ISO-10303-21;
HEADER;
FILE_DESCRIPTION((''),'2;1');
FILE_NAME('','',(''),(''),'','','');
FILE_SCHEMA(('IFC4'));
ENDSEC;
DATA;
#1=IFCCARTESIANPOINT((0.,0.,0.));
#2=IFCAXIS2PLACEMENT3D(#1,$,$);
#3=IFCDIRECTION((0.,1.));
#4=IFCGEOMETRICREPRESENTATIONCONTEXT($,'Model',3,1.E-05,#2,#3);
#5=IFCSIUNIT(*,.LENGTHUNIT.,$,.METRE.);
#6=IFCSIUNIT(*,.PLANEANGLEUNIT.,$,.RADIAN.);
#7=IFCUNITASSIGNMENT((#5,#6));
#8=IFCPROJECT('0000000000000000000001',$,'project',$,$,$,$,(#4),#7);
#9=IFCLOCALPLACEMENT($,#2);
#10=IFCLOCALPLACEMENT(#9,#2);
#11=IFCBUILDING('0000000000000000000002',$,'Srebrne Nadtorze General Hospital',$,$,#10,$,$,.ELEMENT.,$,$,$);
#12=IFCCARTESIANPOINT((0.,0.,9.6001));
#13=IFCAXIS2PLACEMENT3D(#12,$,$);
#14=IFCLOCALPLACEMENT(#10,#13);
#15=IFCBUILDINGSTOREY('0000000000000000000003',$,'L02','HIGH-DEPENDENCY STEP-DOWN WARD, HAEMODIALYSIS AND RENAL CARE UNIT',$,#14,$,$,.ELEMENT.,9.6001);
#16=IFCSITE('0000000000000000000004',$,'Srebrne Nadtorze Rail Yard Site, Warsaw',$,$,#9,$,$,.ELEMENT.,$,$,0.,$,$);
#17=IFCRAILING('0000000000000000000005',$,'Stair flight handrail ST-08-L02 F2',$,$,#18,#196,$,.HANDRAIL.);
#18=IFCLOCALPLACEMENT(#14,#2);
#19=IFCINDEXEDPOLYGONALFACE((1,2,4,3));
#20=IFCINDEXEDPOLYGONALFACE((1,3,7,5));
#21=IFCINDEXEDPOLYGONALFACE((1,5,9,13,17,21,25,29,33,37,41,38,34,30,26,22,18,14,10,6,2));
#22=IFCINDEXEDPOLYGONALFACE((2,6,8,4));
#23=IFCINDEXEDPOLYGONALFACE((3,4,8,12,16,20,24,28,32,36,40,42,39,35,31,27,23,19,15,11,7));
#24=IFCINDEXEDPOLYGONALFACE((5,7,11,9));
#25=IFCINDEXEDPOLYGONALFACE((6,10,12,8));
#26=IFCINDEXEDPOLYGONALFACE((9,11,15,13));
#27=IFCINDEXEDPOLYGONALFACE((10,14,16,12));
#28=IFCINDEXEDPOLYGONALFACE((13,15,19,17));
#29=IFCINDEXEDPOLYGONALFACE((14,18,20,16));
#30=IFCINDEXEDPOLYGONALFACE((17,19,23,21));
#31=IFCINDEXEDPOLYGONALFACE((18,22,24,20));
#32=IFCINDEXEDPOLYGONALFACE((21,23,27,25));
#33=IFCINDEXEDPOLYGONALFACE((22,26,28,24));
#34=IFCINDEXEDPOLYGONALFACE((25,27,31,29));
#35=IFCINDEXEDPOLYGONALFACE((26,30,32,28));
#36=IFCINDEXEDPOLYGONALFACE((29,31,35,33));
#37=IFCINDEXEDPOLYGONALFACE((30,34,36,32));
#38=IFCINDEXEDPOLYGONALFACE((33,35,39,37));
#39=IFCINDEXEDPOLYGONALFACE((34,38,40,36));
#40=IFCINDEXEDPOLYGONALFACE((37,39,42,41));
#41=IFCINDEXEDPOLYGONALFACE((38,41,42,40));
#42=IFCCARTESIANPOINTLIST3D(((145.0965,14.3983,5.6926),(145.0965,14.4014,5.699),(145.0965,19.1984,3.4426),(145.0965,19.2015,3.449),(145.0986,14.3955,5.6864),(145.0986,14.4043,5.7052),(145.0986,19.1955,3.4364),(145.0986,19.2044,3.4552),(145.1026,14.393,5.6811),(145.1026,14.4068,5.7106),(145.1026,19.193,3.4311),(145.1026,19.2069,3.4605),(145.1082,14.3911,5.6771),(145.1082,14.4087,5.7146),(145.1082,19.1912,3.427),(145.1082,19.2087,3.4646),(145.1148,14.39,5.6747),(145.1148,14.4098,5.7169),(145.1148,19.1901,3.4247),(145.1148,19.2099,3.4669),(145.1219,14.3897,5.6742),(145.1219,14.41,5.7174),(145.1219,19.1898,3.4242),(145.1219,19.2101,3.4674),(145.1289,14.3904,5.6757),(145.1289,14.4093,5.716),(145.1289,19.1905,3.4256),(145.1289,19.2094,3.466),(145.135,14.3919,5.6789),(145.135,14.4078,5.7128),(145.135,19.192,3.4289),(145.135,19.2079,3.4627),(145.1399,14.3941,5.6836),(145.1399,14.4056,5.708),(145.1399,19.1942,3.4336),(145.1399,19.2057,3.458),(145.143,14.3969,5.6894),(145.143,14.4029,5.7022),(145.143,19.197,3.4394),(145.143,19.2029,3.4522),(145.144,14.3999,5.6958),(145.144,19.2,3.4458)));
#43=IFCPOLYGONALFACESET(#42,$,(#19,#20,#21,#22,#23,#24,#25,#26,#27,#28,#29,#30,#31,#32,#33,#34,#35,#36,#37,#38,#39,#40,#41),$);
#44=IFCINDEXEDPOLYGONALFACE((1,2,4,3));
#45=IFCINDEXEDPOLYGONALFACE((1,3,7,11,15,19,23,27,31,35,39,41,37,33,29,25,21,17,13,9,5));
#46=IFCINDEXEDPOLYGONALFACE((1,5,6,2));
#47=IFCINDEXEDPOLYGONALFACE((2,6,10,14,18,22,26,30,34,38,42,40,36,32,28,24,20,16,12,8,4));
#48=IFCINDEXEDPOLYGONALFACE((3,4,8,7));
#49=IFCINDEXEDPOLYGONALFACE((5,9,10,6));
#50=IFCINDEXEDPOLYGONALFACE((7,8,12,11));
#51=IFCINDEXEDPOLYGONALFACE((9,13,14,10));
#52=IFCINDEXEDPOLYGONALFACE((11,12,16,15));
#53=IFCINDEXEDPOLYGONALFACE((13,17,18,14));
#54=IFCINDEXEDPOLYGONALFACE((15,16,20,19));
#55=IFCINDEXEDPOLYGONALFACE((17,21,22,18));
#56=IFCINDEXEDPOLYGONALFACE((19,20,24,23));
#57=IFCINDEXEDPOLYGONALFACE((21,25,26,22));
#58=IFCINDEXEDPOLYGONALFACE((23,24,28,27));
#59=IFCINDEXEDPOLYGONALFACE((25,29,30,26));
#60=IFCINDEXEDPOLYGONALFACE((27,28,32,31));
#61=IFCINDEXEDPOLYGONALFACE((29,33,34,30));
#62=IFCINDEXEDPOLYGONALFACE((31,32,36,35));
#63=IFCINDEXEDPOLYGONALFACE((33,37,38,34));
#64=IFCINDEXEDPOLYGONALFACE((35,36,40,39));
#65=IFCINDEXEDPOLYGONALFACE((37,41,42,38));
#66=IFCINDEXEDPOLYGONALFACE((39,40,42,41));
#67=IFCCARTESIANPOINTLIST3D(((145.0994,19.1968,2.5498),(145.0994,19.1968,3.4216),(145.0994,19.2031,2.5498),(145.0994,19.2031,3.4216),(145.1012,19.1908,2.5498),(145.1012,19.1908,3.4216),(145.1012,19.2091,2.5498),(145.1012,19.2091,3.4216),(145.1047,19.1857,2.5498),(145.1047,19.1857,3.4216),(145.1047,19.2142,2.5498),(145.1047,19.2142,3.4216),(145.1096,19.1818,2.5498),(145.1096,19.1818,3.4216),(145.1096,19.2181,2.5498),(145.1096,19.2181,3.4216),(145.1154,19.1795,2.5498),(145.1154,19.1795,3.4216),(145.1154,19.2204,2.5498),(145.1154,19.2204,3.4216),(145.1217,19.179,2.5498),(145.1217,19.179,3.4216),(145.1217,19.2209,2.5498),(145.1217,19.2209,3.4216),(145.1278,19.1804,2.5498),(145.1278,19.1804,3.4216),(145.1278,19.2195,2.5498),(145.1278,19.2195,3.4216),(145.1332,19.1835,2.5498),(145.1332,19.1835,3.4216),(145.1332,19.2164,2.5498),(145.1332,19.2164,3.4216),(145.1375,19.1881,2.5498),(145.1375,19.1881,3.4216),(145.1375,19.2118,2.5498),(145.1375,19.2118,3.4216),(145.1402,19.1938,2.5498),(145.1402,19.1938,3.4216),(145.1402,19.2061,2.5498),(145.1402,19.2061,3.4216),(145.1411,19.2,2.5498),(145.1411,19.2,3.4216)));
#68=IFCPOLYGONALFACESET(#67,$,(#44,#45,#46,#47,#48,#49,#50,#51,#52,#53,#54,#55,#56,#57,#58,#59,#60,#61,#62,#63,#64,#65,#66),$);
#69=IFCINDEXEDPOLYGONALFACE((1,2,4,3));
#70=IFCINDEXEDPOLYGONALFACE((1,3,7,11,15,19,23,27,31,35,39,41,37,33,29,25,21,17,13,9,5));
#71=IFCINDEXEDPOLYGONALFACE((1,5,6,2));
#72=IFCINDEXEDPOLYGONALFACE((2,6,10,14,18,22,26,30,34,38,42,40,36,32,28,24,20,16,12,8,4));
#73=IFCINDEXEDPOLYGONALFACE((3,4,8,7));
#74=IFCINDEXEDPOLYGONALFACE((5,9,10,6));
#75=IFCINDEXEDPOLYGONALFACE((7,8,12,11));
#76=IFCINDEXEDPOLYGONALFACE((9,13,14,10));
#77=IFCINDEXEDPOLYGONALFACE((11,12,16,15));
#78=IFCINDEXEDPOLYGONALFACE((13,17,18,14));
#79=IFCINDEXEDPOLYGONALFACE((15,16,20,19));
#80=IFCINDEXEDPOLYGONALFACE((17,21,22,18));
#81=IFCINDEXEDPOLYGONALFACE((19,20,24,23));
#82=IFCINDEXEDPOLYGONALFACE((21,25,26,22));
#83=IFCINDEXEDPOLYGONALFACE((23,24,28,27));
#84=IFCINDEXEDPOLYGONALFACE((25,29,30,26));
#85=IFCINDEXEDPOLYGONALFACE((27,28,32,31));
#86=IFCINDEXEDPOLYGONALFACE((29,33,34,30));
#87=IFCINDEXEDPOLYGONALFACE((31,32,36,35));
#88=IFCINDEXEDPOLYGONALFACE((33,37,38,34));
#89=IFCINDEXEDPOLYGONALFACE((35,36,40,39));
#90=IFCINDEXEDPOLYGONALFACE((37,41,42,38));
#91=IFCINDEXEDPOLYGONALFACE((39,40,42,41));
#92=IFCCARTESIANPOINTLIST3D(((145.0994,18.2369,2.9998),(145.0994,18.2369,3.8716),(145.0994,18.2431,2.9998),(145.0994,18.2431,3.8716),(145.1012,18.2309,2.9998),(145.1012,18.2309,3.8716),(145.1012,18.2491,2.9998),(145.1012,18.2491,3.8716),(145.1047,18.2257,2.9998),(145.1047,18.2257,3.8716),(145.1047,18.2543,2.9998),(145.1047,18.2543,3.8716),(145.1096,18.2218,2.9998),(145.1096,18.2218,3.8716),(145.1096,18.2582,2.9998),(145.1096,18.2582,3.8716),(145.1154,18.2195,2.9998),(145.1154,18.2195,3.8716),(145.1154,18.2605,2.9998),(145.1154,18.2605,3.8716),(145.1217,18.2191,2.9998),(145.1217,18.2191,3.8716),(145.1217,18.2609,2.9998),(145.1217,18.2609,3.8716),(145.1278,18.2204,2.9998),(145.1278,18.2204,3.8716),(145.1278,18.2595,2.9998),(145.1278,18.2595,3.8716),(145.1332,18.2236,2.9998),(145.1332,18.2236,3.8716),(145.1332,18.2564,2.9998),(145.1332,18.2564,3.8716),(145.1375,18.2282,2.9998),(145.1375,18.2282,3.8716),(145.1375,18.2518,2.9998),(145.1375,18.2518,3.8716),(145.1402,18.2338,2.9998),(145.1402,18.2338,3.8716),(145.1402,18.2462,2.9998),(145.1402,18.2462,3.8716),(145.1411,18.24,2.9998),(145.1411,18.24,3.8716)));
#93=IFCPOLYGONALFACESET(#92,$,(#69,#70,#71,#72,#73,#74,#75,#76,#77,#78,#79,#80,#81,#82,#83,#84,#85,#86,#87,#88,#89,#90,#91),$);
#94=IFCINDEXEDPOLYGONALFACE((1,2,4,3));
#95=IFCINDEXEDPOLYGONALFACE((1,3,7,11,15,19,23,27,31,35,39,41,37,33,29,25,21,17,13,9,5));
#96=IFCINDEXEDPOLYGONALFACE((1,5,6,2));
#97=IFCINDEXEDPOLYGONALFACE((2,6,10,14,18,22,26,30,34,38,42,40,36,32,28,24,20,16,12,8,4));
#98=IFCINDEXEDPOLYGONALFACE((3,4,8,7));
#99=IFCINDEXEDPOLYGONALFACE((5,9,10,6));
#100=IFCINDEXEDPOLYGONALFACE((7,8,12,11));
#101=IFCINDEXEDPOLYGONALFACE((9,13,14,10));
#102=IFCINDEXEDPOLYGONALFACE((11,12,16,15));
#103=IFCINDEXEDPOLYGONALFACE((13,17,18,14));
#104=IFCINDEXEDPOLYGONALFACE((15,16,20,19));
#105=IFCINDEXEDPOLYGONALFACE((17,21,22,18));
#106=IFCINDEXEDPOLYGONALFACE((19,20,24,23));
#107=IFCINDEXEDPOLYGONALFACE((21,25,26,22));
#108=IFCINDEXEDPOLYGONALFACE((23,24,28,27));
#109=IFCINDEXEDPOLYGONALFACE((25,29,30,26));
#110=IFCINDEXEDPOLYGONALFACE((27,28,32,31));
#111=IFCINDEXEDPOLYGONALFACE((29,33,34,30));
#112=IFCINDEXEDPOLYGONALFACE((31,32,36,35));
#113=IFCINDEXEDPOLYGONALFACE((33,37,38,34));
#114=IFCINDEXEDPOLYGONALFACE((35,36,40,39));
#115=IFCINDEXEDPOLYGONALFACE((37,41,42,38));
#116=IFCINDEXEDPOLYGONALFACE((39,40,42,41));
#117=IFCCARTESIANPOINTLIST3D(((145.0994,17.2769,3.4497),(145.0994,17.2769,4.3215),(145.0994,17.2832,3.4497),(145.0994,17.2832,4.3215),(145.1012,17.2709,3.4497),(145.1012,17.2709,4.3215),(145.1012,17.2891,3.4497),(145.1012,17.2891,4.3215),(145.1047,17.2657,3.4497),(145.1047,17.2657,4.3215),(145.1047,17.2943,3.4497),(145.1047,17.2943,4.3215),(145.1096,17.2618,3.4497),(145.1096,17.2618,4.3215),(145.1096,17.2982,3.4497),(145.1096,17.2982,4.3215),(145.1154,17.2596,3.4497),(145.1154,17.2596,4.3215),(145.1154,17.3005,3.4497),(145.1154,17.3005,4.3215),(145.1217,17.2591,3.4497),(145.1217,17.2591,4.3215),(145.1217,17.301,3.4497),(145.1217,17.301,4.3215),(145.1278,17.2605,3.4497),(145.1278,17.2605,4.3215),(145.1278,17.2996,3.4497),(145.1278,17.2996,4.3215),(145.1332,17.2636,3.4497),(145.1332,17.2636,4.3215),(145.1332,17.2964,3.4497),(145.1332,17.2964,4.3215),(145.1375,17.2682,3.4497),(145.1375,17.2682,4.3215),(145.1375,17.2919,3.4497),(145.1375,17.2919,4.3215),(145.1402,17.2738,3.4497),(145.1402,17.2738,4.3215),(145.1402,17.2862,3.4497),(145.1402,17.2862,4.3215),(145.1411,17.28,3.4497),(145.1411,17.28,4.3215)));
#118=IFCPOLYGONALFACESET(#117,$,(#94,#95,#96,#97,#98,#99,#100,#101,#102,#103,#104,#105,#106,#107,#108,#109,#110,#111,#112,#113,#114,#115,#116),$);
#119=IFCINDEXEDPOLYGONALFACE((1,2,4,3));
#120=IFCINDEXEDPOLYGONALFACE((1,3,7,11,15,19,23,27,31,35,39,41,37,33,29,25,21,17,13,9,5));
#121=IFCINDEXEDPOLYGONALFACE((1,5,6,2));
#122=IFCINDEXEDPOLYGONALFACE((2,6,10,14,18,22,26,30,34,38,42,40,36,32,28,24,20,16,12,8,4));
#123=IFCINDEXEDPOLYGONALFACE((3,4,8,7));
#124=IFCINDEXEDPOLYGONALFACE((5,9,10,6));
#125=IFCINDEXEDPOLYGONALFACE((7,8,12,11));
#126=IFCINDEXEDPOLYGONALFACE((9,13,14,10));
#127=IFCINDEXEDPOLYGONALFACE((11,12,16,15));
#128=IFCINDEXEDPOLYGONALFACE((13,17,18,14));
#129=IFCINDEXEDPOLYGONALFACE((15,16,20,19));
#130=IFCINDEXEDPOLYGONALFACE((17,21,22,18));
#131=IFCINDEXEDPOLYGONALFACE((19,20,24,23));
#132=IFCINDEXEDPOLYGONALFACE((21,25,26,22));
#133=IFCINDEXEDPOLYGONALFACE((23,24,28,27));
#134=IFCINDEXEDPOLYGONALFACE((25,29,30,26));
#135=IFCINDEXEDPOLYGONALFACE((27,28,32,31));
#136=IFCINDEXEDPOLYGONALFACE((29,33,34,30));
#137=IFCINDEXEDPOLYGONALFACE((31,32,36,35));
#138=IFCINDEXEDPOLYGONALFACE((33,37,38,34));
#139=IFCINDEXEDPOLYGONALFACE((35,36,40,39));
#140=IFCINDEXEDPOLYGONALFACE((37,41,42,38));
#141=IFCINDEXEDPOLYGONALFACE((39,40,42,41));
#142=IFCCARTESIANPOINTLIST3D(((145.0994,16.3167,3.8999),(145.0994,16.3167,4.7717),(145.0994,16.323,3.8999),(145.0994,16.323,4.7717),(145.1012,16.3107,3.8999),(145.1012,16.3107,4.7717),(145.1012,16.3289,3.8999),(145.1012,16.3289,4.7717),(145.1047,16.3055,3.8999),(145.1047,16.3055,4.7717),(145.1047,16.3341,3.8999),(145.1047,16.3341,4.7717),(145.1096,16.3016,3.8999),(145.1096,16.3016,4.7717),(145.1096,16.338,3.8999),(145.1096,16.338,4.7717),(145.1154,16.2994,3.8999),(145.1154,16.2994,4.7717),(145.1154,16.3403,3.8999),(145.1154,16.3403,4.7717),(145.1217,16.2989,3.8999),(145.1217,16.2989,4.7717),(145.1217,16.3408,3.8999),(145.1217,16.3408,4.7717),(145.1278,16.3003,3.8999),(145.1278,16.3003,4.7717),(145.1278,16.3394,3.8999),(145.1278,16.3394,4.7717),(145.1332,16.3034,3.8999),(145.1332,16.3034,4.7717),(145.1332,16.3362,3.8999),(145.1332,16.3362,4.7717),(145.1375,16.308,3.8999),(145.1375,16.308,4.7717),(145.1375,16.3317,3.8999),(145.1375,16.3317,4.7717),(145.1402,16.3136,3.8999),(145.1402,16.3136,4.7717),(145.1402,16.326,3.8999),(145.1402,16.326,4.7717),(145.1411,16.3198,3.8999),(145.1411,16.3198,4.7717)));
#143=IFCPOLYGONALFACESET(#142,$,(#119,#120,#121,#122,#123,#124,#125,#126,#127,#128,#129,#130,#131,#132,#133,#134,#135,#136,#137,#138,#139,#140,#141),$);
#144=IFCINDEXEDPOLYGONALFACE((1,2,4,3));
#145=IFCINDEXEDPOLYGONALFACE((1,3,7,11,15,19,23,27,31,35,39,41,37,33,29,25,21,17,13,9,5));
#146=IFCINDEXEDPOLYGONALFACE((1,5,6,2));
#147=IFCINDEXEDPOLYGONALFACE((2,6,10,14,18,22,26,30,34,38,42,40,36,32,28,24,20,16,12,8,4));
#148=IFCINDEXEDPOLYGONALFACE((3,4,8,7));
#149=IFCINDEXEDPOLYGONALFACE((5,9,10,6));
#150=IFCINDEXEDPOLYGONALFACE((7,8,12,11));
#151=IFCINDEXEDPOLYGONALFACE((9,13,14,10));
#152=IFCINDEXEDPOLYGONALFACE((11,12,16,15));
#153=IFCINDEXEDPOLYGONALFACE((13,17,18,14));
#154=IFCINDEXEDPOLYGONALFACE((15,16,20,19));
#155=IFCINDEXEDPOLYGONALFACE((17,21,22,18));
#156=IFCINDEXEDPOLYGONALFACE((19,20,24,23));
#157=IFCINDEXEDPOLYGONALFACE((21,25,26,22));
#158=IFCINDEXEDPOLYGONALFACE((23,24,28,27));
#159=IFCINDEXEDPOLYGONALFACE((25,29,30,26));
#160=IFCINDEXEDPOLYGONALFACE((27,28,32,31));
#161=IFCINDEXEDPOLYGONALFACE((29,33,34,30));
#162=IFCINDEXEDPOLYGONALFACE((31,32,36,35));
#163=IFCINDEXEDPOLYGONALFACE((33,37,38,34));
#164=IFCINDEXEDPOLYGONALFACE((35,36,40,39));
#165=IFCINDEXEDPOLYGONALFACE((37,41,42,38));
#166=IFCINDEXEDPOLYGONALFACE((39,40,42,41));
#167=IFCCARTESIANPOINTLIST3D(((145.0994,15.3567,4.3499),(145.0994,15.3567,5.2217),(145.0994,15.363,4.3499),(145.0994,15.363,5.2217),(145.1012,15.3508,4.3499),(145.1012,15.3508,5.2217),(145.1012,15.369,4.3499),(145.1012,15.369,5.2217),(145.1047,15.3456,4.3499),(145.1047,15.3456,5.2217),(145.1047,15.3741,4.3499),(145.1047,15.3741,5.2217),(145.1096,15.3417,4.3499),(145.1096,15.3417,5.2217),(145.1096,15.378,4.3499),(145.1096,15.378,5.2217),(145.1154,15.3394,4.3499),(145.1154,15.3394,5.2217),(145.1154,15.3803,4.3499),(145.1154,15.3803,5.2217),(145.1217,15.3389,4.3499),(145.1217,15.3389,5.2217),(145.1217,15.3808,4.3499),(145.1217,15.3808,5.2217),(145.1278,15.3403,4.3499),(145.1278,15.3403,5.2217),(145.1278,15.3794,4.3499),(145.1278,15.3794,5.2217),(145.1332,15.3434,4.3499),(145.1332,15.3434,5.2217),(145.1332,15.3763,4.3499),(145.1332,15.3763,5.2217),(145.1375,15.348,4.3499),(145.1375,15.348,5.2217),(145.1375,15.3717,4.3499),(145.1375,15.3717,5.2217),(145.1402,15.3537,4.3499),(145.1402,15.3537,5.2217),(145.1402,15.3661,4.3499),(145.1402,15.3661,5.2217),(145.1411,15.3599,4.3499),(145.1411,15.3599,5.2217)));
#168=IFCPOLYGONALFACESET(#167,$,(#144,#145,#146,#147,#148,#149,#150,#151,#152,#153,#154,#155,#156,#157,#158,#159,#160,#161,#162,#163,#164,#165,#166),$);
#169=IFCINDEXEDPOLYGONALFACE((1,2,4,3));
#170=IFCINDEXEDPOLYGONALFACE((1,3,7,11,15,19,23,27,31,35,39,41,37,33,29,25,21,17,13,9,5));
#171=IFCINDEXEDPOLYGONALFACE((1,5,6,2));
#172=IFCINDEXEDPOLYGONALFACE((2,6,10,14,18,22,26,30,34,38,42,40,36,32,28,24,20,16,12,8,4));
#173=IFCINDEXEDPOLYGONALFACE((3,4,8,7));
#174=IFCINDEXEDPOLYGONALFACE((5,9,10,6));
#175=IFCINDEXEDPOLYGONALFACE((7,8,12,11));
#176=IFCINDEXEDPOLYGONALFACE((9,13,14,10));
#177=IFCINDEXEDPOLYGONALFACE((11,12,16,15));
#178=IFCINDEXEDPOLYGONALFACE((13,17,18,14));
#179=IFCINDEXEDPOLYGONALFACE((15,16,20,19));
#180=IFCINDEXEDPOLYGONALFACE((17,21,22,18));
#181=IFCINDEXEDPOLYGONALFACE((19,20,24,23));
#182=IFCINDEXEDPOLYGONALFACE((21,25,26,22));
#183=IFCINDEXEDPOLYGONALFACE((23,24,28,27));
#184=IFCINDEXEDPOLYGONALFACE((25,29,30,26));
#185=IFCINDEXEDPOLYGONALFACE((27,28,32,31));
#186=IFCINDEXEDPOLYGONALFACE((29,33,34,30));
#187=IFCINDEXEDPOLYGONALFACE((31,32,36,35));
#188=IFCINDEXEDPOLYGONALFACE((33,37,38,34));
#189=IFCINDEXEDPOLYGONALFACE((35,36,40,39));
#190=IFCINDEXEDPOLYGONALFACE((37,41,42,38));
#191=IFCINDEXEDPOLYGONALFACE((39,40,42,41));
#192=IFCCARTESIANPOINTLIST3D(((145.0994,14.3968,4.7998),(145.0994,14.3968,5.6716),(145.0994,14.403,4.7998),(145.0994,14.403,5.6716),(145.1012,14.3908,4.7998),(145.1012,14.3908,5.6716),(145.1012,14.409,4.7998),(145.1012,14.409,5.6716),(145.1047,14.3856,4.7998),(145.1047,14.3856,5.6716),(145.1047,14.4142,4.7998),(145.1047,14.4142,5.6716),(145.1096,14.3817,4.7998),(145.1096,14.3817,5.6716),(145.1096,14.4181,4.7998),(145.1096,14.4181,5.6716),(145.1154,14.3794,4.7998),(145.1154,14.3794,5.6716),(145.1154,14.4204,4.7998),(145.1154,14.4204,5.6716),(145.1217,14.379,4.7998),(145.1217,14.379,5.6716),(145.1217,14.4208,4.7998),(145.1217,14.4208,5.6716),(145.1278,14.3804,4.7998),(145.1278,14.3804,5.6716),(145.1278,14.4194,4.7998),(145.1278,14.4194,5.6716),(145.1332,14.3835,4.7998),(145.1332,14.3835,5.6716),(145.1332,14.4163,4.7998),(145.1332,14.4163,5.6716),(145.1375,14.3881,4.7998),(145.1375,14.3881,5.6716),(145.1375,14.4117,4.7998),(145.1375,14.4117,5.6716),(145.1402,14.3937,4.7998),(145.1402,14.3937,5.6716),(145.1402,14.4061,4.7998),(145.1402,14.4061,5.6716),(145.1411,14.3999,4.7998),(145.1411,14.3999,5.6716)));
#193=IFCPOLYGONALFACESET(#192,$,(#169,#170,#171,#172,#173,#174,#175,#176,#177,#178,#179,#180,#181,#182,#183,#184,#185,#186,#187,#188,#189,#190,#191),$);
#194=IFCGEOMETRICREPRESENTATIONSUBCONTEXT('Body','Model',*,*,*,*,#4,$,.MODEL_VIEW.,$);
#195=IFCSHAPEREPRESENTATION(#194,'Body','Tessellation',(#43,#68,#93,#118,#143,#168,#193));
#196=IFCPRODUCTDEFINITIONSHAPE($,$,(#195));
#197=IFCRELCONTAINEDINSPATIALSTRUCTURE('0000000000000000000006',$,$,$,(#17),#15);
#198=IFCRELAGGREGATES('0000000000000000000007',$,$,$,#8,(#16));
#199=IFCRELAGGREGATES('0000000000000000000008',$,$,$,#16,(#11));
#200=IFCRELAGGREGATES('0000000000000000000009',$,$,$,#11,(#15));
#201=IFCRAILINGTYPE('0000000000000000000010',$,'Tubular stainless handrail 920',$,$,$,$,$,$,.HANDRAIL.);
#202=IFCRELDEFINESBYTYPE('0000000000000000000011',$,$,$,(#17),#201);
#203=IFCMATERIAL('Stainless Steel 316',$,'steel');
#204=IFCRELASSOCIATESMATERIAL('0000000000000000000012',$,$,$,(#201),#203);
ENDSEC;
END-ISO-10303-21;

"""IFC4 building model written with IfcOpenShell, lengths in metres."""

from ifc_helpers import new_model, si_unit, direction, frame, origin, origin_2d, place, context, subcontext, project, spatial, circle, extrude, material, type_object, element, save


model = new_model("IFC4")

# Units and contexts
model_context = context("Model", 3, precision=1e-05, world=origin(), true_north=direction((0.0, 1.0)))
body_context = subcontext(model_context, "Body", "Model", "MODEL_VIEW")
ifc_project = project(units=[si_unit("LENGTHUNIT", "METRE"), si_unit("PLANEANGLEUNIT", "RADIAN")], contexts=[model_context])

# Site, building, storey
site_placement = place(None, origin())
site = spatial("IfcSite", under=ifc_project, at=site_placement, Name="Srebrne Nadtorze Rail Yard Site, Warsaw", CompositionType="ELEMENT", RefElevation=0.0)
building_placement = place(site_placement, origin())
building = spatial("IfcBuilding", under=site, at=building_placement, Name="Srebrne Nadtorze General Hospital", CompositionType="ELEMENT")
storey_placement = place(building_placement, frame((0.0, 0.0, 9.6001)))
storey = spatial("IfcBuildingStorey", under=building, at=storey_placement, Name="L02", Description="HIGH-DEPENDENCY STEP-DOWN WARD, HAEMODIALYSIS AND RENAL CARE UNIT", CompositionType="ELEMENT", Elevation=9.6001)

# Railing
ifc_material_1 = material(Name="Stainless Steel 316", Category="steel")
railing_type_1 = type_object("IfcRailingType", Name="Tubular stainless handrail 920", PredefinedType="HANDRAIL", material=ifc_material_1)
railing_1_placement = place(storey_placement, frame((145.1201, 19.2, 2.5498)))
element("IfcRailing", 1, at=railing_1_placement, inside=storey, type_object=railing_type_1, Name="Stair flight handrail ST-08-L02 F2", PredefinedType="HANDRAIL", context=body_context, shape_type="SweptSolid", body=[
    extrude(circle(Radius=0.0239, at=origin_2d()), frame((0.0, 0.0, 0.896), z_axis=(0.0, -0.905461, 0.42443), x_axis=(1.0, 0.0, 0.0)), (0.0, 0.0, 1.0), 5.3013),
    extrude(circle(Radius=0.021, at=origin_2d()), origin(), (0.0, 0.0, 1.0), 0.8718),
    extrude(circle(Radius=0.021, at=origin_2d()), frame((0.0, -0.96, 0.45)), (0.0, 0.0, 1.0), 0.8718),
    extrude(circle(Radius=0.021, at=origin_2d()), frame((0.0, -1.9199, 0.8999)), (0.0, 0.0, 1.0), 0.8718),
    extrude(circle(Radius=0.021, at=origin_2d()), frame((0.0, -2.8801, 1.3501)), (0.0, 0.0, 1.0), 0.8718),
    extrude(circle(Radius=0.021, at=origin_2d()), frame((0.0, -3.8401, 1.8)), (0.0, 0.0, 1.0), 0.8718),
    extrude(circle(Radius=0.021, at=origin_2d()), frame((0.0, -4.8, 2.25)), (0.0, 0.0, 1.0), 0.8718),
])

save(model, "model.ifc")
